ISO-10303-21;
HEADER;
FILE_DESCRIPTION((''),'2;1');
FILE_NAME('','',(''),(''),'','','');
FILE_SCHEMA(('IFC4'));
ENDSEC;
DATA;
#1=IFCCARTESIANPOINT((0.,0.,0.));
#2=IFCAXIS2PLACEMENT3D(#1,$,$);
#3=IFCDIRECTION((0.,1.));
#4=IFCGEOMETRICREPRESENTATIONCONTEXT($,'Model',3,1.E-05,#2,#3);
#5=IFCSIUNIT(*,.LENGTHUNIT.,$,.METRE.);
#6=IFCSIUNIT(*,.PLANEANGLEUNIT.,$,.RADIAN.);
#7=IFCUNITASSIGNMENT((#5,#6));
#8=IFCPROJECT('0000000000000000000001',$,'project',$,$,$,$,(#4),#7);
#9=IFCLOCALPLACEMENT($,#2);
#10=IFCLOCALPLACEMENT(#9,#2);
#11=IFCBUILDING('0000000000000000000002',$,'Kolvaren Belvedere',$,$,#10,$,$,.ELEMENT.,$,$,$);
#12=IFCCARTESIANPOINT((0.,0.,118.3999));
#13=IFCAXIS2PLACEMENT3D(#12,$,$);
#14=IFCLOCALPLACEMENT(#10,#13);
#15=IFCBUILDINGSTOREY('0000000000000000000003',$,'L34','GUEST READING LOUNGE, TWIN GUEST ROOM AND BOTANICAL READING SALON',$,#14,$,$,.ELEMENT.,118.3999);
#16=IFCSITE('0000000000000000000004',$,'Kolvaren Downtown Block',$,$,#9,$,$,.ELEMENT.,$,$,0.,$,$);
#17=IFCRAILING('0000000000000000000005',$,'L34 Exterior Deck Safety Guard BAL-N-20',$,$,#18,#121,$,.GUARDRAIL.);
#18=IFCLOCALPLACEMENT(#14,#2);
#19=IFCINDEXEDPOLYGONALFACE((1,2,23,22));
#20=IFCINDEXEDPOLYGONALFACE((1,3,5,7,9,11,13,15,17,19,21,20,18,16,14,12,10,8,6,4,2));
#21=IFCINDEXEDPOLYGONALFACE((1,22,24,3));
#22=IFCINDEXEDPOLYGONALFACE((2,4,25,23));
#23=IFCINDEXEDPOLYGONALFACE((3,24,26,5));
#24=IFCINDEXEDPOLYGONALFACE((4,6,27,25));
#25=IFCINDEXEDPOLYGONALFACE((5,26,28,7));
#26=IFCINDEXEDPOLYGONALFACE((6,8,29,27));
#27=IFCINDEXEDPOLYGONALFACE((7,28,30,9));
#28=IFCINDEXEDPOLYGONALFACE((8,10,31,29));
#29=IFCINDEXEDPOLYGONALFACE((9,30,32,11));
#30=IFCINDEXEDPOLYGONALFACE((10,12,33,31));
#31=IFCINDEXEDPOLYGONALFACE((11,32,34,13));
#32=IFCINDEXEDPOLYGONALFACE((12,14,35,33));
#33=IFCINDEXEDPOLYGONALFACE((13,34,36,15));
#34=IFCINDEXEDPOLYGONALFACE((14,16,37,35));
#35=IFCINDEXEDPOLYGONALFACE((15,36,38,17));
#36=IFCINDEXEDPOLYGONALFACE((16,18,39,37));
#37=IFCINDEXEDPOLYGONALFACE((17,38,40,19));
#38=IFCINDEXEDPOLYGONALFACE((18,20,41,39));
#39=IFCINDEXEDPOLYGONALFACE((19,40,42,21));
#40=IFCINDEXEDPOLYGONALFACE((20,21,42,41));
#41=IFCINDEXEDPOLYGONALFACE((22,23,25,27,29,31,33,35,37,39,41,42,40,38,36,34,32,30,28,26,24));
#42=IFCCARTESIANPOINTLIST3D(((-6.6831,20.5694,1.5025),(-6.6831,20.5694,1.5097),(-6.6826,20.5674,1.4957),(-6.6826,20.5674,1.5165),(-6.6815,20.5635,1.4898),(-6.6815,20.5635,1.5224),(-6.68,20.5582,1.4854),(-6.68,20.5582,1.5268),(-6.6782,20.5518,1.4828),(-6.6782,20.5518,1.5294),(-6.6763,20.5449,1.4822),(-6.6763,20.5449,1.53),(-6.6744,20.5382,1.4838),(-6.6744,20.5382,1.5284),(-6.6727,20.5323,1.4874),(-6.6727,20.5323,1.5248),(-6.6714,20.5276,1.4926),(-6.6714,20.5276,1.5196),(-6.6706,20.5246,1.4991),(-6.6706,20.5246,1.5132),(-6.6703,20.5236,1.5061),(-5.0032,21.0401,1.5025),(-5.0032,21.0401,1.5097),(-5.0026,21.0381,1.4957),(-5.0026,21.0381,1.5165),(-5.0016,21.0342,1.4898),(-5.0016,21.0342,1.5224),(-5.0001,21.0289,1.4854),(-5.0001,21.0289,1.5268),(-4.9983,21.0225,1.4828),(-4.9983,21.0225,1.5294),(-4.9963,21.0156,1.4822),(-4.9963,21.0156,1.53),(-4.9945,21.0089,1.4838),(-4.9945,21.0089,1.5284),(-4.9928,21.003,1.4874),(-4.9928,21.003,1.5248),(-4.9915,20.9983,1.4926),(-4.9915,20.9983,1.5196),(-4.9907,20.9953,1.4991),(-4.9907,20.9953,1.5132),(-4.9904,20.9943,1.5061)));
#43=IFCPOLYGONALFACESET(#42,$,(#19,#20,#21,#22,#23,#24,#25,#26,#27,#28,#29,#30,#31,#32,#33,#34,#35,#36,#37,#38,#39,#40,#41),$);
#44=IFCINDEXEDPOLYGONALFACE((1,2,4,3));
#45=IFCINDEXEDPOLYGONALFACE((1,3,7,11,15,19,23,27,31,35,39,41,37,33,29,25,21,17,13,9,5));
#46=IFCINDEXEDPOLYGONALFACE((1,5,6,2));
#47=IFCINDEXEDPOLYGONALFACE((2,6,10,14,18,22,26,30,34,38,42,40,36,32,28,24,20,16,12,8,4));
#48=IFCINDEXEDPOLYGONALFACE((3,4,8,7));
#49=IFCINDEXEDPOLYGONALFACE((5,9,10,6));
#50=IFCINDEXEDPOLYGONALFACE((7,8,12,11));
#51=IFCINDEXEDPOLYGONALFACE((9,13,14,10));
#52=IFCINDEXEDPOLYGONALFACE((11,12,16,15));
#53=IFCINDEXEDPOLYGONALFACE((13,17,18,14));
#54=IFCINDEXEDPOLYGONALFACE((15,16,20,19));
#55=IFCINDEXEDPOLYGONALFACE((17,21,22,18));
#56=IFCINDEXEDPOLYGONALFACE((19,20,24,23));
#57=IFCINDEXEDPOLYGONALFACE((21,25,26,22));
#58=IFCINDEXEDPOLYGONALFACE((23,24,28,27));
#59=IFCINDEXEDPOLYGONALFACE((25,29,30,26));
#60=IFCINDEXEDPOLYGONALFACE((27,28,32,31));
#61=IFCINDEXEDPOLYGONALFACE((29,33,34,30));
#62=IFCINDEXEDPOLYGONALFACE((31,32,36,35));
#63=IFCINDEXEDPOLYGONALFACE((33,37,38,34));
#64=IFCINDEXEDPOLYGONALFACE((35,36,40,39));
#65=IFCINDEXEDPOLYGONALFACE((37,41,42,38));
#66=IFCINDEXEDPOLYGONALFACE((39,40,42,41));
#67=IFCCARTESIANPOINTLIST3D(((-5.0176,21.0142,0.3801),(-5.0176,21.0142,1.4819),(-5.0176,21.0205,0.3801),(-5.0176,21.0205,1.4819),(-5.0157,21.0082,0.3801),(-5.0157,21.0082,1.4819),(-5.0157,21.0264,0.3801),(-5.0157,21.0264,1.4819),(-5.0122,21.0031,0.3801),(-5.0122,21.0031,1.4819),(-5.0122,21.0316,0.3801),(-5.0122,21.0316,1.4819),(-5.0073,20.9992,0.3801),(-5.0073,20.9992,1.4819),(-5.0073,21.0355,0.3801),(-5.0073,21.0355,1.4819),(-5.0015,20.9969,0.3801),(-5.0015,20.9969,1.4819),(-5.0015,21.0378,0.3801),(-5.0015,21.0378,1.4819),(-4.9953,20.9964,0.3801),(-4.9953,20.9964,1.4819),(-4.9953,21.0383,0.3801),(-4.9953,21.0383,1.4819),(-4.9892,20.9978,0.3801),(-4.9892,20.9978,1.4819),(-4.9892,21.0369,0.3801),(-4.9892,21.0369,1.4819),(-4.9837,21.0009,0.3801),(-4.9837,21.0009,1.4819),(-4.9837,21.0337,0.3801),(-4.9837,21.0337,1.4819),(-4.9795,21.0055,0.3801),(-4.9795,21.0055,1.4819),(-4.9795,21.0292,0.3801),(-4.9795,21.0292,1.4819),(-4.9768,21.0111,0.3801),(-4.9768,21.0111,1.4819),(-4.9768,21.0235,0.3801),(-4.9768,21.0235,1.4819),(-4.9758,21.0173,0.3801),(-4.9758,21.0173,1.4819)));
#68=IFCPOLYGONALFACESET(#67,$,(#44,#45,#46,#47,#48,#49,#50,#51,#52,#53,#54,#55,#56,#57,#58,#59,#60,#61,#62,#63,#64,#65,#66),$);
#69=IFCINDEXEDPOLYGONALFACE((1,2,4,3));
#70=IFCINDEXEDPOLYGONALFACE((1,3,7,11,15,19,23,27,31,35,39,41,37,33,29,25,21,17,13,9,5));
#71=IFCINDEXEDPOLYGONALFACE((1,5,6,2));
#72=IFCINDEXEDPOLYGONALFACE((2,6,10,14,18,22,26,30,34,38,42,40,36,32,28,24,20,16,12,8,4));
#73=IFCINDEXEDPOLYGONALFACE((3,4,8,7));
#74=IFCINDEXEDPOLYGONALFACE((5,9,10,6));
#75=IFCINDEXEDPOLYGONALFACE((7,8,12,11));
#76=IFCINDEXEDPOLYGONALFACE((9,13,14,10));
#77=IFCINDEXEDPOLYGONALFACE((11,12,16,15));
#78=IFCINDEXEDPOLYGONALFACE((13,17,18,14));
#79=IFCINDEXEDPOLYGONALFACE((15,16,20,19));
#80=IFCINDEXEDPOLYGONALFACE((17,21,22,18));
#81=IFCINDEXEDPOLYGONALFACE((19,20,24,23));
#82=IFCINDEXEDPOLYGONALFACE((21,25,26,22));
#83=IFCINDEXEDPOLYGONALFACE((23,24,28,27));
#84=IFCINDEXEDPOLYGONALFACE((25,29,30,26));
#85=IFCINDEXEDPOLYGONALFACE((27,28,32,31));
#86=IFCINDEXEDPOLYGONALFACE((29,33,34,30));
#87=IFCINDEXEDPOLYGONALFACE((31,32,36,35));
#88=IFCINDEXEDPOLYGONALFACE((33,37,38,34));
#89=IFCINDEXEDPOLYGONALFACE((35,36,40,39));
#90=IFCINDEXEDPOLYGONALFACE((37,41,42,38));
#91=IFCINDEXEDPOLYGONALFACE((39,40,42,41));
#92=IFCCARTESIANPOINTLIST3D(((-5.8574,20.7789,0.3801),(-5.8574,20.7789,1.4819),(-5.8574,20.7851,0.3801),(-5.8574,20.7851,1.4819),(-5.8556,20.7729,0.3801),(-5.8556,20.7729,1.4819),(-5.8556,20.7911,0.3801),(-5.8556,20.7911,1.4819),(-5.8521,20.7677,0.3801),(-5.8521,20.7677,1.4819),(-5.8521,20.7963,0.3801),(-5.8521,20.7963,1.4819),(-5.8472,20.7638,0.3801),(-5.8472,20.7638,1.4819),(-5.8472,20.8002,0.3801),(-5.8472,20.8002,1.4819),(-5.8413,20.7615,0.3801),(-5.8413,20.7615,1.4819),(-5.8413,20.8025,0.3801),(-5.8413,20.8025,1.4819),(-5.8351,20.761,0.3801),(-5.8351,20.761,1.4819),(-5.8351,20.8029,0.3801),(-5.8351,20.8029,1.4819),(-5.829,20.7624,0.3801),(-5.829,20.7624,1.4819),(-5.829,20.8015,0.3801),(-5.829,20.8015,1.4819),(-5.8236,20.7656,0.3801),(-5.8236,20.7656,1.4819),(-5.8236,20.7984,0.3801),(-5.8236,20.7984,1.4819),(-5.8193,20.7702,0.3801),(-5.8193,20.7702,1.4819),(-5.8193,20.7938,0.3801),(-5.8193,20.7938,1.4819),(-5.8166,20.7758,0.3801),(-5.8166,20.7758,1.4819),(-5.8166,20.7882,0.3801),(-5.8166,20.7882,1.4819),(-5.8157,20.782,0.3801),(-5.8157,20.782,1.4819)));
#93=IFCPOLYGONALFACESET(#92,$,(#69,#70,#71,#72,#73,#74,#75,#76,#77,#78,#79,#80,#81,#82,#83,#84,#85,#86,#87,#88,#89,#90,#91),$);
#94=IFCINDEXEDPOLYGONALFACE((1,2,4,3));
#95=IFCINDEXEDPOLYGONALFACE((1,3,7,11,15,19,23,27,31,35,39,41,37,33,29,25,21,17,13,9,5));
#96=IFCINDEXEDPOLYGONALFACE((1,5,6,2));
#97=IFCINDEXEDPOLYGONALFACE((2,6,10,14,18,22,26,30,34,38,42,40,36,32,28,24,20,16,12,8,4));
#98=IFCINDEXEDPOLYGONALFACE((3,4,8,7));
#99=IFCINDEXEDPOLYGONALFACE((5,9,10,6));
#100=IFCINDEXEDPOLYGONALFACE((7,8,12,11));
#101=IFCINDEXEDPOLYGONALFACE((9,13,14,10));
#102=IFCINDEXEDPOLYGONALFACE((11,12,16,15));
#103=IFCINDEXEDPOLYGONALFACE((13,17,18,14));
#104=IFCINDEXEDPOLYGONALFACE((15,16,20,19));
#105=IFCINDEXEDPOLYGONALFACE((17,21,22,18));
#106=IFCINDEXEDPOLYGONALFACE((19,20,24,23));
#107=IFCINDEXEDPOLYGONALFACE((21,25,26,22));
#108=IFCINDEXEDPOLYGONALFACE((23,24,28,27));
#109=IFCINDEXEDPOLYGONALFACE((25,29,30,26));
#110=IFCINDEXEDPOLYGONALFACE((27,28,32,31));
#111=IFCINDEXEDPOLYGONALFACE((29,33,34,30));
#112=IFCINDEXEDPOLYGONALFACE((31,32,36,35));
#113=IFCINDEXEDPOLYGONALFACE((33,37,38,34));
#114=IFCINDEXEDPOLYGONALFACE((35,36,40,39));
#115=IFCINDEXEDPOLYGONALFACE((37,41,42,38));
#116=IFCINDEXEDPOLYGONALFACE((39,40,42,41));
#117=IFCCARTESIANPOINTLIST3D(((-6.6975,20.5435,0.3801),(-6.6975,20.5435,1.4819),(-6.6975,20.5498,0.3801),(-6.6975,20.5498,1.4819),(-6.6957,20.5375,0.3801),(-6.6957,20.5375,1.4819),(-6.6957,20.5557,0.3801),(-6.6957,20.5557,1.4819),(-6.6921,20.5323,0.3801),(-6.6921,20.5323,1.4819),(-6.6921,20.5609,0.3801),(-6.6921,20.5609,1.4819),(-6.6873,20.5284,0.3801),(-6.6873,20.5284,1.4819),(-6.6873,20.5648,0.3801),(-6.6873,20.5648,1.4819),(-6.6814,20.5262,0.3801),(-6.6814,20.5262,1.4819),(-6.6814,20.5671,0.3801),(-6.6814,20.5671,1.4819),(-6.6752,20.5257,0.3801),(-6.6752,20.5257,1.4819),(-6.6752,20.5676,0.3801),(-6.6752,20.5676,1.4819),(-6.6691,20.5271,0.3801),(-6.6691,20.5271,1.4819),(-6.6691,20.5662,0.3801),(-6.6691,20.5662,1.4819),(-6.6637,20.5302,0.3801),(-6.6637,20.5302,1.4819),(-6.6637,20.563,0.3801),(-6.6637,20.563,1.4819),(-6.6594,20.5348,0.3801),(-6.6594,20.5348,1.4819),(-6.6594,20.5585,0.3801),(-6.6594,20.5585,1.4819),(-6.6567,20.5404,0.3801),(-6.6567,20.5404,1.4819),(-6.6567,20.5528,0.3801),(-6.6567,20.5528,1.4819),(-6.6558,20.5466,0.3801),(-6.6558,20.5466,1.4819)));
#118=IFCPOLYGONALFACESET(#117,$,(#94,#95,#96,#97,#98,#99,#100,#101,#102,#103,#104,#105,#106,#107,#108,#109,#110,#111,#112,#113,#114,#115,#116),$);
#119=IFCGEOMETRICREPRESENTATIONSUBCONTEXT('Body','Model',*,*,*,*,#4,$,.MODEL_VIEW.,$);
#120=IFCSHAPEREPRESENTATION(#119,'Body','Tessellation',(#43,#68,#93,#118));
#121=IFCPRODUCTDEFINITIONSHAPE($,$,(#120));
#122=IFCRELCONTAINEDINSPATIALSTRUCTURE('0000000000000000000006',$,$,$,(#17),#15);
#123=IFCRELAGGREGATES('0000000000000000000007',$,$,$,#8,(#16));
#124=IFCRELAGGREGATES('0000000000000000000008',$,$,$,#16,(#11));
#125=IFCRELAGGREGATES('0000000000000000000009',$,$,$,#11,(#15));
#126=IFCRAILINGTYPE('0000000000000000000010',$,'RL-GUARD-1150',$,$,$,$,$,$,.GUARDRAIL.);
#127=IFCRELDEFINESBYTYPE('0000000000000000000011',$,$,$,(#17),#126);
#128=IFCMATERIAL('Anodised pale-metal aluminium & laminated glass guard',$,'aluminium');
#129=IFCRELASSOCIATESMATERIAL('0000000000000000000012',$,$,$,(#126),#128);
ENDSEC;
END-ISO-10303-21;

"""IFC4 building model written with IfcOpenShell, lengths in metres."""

from ifc_helpers import new_model, si_unit, direction, frame, origin, origin_2d, place, context, subcontext, project, spatial, circle, extrude, material, type_object, element, save


model = new_model("IFC4")

# Units and contexts
model_context = context("Model", 3, precision=1e-05, world=origin(), true_north=direction((0.0, 1.0)))
body_context = subcontext(model_context, "Body", "Model", "MODEL_VIEW")
ifc_project = project(units=[si_unit("LENGTHUNIT", "METRE"), si_unit("PLANEANGLEUNIT", "RADIAN")], contexts=[model_context])

# Site, building, storey
site_placement = place(None, origin())
site = spatial("IfcSite", under=ifc_project, at=site_placement, Name="Kolvaren Downtown Block", CompositionType="ELEMENT", RefElevation=0.0)
building_placement = place(site_placement, origin())
building = spatial("IfcBuilding", under=site, at=building_placement, Name="Kolvaren Belvedere", CompositionType="ELEMENT")
storey_placement = place(building_placement, frame((0.0, 0.0, 118.3999)))
storey = spatial("IfcBuildingStorey", under=building, at=storey_placement, Name="L34", Description="GUEST READING LOUNGE, TWIN GUEST ROOM AND BOTANICAL READING SALON", CompositionType="ELEMENT", Elevation=118.3999)

# Railing
ifc_material_1 = material(Name="Anodised pale-metal aluminium & laminated glass guard", Category="aluminium")
railing_type = type_object("IfcRailingType", Name="RL-GUARD-1150", PredefinedType="GUARDRAIL", material=ifc_material_1)
railing_1_placement = place(storey_placement, frame((-4.9968, 21.0173, 0.3801)))
element("IfcRailing", 1, at=railing_1_placement, inside=storey, type_object=railing_type, Name="L34 Exterior Deck Safety Guard BAL-N-20", PredefinedType="GUARDRAIL", context=body_context, shape_type="SweptSolid", body=[
    extrude(circle(Radius=0.0239, at=origin_2d()), frame((0.0, 0.0, 1.126), z_axis=(-0.962916, -0.269801, 0.0), x_axis=(0.269801, -0.962916, 0.0)), (0.0, 0.0, 1.0), 1.7446),
    extrude(circle(Radius=0.021, at=origin_2d()), origin(), (0.0, 0.0, 1.0), 1.1018),
    extrude(circle(Radius=0.021, at=origin_2d()), frame((-0.8398, -0.2354, 0.0)), (0.0, 0.0, 1.0), 1.1018),
    extrude(circle(Radius=0.021, at=origin_2d()), frame((-1.6799, -0.4707, 0.0)), (0.0, 0.0, 1.0), 1.1018),
])

save(model, "model.ifc")
